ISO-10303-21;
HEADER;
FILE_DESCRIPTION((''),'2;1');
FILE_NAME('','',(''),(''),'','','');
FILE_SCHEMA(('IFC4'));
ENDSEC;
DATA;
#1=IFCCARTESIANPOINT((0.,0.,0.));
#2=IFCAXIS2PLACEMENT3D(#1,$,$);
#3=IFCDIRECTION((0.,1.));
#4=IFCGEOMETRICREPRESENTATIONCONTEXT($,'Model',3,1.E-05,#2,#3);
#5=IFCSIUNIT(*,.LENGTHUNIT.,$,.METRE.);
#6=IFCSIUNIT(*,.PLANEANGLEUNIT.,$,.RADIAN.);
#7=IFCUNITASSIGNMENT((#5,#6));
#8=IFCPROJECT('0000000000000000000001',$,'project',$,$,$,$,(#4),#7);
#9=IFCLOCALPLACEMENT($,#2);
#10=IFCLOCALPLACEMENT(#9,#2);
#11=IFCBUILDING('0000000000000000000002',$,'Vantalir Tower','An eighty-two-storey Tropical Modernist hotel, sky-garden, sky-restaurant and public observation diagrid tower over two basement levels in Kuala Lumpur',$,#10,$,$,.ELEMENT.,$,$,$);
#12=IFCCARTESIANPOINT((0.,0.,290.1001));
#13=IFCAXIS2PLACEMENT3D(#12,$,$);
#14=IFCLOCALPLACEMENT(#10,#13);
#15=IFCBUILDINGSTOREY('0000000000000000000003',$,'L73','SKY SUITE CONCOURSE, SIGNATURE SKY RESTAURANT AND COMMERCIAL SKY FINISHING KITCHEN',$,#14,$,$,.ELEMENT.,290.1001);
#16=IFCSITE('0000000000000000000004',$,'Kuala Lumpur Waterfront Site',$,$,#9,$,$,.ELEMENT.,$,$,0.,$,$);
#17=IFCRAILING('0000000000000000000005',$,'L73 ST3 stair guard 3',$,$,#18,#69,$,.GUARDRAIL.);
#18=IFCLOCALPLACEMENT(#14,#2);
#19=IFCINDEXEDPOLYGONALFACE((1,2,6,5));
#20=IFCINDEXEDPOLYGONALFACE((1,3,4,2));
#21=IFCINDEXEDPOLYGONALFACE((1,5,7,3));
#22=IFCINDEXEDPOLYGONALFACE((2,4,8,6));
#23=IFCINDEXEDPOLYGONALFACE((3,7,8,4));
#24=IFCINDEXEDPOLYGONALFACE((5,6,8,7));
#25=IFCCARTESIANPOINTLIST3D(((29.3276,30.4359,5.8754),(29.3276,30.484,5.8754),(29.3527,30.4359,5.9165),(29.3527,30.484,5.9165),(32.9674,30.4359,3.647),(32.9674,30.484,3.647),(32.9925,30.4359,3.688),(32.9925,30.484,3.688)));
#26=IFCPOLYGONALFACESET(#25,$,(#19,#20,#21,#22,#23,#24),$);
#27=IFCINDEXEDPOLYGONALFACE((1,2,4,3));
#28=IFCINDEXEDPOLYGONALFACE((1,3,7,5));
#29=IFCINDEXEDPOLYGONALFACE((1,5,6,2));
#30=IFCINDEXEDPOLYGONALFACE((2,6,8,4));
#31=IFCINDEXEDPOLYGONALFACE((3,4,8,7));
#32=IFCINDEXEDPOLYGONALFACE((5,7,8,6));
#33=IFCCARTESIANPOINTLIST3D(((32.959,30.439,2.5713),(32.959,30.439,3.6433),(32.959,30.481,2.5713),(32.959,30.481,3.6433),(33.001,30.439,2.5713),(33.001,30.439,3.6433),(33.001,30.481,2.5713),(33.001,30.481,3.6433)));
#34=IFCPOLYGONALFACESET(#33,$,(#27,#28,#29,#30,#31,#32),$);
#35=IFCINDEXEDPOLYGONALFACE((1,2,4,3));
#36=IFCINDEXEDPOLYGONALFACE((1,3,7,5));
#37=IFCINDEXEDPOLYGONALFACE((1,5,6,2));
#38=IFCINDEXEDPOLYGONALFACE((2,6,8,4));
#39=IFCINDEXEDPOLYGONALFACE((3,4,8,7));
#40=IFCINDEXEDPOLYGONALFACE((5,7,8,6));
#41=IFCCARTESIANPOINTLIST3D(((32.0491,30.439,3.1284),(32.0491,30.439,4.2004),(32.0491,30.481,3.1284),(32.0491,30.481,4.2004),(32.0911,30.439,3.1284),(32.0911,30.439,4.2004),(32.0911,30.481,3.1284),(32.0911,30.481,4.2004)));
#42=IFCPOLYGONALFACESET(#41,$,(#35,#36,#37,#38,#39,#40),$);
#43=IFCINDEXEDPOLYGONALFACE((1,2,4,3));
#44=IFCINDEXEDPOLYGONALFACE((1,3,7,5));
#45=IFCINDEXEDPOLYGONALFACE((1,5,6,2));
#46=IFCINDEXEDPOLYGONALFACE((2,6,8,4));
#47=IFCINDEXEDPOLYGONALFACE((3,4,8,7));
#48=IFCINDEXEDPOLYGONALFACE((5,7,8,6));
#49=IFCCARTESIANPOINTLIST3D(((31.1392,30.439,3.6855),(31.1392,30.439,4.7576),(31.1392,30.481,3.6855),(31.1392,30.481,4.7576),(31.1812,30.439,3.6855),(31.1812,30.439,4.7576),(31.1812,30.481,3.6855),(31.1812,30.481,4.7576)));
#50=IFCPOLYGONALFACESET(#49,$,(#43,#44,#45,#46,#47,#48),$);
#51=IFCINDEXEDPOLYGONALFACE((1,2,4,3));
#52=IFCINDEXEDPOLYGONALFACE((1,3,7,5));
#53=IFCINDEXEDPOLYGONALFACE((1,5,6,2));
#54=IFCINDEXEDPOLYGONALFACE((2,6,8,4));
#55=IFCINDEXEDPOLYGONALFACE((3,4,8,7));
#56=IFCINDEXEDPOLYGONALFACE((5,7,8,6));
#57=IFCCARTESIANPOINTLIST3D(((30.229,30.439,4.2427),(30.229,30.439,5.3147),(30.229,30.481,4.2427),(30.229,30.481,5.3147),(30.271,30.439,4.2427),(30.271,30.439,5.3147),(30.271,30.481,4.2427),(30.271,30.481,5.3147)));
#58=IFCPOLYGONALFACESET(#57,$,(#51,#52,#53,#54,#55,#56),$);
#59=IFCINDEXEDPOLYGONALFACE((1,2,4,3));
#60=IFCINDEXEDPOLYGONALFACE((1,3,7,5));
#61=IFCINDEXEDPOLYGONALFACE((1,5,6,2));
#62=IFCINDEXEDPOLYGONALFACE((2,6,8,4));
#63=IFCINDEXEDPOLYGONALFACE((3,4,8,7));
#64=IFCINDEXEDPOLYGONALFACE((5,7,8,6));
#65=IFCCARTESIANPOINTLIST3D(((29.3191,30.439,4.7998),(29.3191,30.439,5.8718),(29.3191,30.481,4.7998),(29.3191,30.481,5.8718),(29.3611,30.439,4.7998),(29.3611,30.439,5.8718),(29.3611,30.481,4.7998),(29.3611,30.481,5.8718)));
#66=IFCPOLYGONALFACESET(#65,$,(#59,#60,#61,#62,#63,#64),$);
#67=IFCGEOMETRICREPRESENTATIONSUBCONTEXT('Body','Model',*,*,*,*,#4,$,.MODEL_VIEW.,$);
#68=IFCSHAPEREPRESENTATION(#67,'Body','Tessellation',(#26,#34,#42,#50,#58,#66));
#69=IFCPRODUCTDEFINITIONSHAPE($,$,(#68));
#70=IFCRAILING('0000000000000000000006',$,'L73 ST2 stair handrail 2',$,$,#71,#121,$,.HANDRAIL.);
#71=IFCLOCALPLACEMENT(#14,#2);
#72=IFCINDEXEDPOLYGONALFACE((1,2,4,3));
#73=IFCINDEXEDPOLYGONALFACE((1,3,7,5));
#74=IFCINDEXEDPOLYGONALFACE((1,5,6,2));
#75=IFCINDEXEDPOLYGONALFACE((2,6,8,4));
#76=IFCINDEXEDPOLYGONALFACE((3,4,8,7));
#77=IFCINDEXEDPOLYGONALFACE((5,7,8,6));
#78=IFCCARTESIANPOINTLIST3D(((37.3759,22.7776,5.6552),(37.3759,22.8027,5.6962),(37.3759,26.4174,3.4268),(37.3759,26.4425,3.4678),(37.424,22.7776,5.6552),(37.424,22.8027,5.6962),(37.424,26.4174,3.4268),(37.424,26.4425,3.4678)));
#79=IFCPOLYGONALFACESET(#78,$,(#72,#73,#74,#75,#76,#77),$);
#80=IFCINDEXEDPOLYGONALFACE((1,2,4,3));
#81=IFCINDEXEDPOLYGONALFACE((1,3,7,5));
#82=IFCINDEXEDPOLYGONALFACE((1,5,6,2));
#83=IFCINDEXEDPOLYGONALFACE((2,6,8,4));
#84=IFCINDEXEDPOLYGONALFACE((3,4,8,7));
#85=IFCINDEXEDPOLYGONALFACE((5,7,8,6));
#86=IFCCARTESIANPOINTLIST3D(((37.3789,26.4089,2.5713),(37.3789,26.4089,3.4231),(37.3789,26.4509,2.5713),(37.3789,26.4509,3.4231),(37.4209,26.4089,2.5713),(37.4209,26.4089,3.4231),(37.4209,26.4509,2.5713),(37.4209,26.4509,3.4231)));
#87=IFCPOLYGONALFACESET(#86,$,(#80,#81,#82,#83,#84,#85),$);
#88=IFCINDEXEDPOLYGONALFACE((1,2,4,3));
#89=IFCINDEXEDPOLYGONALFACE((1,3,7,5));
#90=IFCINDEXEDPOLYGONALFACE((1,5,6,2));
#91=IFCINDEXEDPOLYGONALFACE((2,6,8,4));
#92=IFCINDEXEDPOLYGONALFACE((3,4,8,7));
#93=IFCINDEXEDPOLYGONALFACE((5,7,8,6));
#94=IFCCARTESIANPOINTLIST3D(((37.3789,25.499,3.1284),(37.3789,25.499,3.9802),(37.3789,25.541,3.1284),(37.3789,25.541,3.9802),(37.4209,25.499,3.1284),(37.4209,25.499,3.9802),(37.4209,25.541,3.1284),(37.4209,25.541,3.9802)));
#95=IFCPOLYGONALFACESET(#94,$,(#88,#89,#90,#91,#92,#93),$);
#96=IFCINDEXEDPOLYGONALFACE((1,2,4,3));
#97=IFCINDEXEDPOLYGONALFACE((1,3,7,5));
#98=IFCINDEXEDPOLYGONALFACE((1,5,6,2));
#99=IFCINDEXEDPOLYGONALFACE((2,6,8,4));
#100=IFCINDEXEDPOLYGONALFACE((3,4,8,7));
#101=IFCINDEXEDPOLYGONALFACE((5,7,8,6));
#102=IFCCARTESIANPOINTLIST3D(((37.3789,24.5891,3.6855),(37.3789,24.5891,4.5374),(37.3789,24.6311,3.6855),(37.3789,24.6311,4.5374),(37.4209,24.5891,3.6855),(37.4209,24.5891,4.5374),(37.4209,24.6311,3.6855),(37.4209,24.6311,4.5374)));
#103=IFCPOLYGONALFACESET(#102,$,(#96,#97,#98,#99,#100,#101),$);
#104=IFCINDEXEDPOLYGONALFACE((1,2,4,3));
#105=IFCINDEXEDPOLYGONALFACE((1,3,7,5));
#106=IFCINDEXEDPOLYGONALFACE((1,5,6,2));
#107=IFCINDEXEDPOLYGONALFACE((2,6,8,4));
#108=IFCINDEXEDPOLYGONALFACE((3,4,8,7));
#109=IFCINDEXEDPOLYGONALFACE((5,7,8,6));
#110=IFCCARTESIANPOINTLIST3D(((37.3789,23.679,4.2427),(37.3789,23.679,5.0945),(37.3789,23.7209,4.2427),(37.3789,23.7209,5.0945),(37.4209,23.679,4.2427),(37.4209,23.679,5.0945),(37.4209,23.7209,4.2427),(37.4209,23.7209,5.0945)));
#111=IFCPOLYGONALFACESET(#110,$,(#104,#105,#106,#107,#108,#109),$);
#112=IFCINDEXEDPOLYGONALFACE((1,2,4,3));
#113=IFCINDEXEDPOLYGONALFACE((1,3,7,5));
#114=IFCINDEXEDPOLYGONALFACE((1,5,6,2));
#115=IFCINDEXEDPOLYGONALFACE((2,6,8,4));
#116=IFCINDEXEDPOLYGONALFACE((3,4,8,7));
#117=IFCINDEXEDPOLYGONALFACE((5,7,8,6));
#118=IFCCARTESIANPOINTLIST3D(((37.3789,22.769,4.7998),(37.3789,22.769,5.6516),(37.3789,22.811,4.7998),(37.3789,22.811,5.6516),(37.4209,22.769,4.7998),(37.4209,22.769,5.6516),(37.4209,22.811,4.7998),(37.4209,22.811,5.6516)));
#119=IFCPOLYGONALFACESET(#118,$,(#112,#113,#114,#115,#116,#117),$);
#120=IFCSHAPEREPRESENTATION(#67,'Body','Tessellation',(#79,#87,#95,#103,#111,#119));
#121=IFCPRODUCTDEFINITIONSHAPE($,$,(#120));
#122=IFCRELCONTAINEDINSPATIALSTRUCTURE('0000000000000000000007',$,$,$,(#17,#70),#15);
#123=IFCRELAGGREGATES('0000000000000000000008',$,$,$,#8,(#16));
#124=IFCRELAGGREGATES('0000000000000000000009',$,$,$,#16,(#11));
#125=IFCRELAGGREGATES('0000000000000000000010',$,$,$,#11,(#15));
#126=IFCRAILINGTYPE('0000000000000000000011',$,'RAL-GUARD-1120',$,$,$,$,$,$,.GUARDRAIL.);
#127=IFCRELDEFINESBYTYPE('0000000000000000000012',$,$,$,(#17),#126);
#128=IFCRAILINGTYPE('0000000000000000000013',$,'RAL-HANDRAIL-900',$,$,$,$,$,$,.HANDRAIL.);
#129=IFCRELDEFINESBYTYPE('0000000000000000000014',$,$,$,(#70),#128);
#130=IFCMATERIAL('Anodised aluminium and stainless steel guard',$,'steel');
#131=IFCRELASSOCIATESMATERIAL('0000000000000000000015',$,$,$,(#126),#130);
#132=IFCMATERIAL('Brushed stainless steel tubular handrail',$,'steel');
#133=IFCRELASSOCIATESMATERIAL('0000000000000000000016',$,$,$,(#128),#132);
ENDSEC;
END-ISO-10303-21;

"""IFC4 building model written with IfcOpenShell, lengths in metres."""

from ifc_helpers import new_model, si_unit, direction, frame, origin, origin_2d, place, context, subcontext, project, spatial, rectangle, extrude, material, type_object, element, save


model = new_model("IFC4")

# Units and contexts
model_context = context("Model", 3, precision=1e-05, world=origin(), true_north=direction((0.0, 1.0)))
body_context = subcontext(model_context, "Body", "Model", "MODEL_VIEW")
ifc_project = project(units=[si_unit("LENGTHUNIT", "METRE"), si_unit("PLANEANGLEUNIT", "RADIAN")], contexts=[model_context])

# Site, building, storey
site_placement = place(None, origin())
site = spatial("IfcSite", under=ifc_project, at=site_placement, Name="Kuala Lumpur Waterfront Site", CompositionType="ELEMENT", RefElevation=0.0)
building_placement = place(site_placement, origin())
building = spatial("IfcBuilding", under=site, at=building_placement, Name="Vantalir Tower", Description="An eighty-two-storey Tropical Modernist hotel, sky-garden, sky-restaurant and public observation diagrid tower over two basement levels in Kuala Lumpur", CompositionType="ELEMENT")
storey_placement = place(building_placement, frame((0.0, 0.0, 290.1001)))
storey = spatial("IfcBuildingStorey", under=building, at=storey_placement, Name="L73", Description="SKY SUITE CONCOURSE, SIGNATURE SKY RESTAURANT AND COMMERCIAL SKY FINISHING KITCHEN", CompositionType="ELEMENT", Elevation=290.1001)

# Railings
ifc_material_1 = material(Name="Anodised aluminium and stainless steel guard", Category="steel")
railing_type_1 = type_object("IfcRailingType", Name="RAL-GUARD-1120", PredefinedType="GUARDRAIL", material=ifc_material_1)
railing_1_placement = place(storey_placement, frame((32.98, 30.46, 2.5713)))
element("IfcRailing", 1, at=railing_1_placement, inside=storey, type_object=railing_type_1, Name="L73 ST3 stair guard 3", PredefinedType="GUARDRAIL", context=body_context, shape_type="SweptSolid", body=[
    extrude(rectangle(XDim=0.0481, YDim=0.0481, at=origin_2d()), frame((0.0, 0.0, 1.0962), z_axis=(-0.85285, 0.0, 0.522156), x_axis=(0.0, -1.0, 0.0)), (0.0, 0.0, 1.0), 4.2678),
    extrude(rectangle(XDim=0.042, YDim=0.042, at=origin_2d()), origin(), (0.0, 0.0, 1.0), 1.072),
    extrude(rectangle(XDim=0.042, YDim=0.042, at=origin_2d()), frame((-0.9099, 0.0, 0.5571)), (0.0, 0.0, 1.0), 1.072),
    extrude(rectangle(XDim=0.042, YDim=0.042, at=origin_2d()), frame((-1.8198, 0.0, 1.1143)), (0.0, 0.0, 1.0), 1.072),
    extrude(rectangle(XDim=0.042, YDim=0.042, at=origin_2d()), frame((-2.73, 0.0, 1.6714)), (0.0, 0.0, 1.0), 1.072),
    extrude(rectangle(XDim=0.042, YDim=0.042, at=origin_2d()), frame((-3.6399, 0.0, 2.2285)), (0.0, 0.0, 1.0), 1.072),
])
ifc_material_2 = material(Name="Brushed stainless steel tubular handrail", Category="steel")
railing_type_2 = type_object("IfcRailingType", Name="RAL-HANDRAIL-900", PredefinedType="HANDRAIL", material=ifc_material_2)
railing_2_placement = place(storey_placement, frame((37.3999, 26.4299, 2.5713)))
element("IfcRailing", 2, at=railing_2_placement, inside=storey, type_object=railing_type_2, Name="L73 ST2 stair handrail 2", PredefinedType="HANDRAIL", context=body_context, shape_type="SweptSolid", body=[
    extrude(rectangle(XDim=0.0481, YDim=0.0481, at=origin_2d()), frame((0.0, 0.0, 0.876), z_axis=(0.0, -0.85285, 0.522156), x_axis=(1.0, 0.0, 0.0)), (0.0, 0.0, 1.0), 4.2678),
    extrude(rectangle(XDim=0.042, YDim=0.042, at=origin_2d()), origin(), (0.0, 0.0, 1.0), 0.8518),
    extrude(rectangle(XDim=0.042, YDim=0.042, at=origin_2d()), frame((0.0, -0.9099, 0.5571)), (0.0, 0.0, 1.0), 0.8518),
    extrude(rectangle(XDim=0.042, YDim=0.042, at=origin_2d()), frame((0.0, -1.8198, 1.1143)), (0.0, 0.0, 1.0), 0.8518),
    extrude(rectangle(XDim=0.042, YDim=0.042, at=origin_2d()), frame((0.0, -2.73, 1.6714)), (0.0, 0.0, 1.0), 0.8518),
    extrude(rectangle(XDim=0.042, YDim=0.042, at=origin_2d()), frame((0.0, -3.6399, 2.2285)), (0.0, 0.0, 1.0), 0.8518),
])

save(model, "model.ifc")
